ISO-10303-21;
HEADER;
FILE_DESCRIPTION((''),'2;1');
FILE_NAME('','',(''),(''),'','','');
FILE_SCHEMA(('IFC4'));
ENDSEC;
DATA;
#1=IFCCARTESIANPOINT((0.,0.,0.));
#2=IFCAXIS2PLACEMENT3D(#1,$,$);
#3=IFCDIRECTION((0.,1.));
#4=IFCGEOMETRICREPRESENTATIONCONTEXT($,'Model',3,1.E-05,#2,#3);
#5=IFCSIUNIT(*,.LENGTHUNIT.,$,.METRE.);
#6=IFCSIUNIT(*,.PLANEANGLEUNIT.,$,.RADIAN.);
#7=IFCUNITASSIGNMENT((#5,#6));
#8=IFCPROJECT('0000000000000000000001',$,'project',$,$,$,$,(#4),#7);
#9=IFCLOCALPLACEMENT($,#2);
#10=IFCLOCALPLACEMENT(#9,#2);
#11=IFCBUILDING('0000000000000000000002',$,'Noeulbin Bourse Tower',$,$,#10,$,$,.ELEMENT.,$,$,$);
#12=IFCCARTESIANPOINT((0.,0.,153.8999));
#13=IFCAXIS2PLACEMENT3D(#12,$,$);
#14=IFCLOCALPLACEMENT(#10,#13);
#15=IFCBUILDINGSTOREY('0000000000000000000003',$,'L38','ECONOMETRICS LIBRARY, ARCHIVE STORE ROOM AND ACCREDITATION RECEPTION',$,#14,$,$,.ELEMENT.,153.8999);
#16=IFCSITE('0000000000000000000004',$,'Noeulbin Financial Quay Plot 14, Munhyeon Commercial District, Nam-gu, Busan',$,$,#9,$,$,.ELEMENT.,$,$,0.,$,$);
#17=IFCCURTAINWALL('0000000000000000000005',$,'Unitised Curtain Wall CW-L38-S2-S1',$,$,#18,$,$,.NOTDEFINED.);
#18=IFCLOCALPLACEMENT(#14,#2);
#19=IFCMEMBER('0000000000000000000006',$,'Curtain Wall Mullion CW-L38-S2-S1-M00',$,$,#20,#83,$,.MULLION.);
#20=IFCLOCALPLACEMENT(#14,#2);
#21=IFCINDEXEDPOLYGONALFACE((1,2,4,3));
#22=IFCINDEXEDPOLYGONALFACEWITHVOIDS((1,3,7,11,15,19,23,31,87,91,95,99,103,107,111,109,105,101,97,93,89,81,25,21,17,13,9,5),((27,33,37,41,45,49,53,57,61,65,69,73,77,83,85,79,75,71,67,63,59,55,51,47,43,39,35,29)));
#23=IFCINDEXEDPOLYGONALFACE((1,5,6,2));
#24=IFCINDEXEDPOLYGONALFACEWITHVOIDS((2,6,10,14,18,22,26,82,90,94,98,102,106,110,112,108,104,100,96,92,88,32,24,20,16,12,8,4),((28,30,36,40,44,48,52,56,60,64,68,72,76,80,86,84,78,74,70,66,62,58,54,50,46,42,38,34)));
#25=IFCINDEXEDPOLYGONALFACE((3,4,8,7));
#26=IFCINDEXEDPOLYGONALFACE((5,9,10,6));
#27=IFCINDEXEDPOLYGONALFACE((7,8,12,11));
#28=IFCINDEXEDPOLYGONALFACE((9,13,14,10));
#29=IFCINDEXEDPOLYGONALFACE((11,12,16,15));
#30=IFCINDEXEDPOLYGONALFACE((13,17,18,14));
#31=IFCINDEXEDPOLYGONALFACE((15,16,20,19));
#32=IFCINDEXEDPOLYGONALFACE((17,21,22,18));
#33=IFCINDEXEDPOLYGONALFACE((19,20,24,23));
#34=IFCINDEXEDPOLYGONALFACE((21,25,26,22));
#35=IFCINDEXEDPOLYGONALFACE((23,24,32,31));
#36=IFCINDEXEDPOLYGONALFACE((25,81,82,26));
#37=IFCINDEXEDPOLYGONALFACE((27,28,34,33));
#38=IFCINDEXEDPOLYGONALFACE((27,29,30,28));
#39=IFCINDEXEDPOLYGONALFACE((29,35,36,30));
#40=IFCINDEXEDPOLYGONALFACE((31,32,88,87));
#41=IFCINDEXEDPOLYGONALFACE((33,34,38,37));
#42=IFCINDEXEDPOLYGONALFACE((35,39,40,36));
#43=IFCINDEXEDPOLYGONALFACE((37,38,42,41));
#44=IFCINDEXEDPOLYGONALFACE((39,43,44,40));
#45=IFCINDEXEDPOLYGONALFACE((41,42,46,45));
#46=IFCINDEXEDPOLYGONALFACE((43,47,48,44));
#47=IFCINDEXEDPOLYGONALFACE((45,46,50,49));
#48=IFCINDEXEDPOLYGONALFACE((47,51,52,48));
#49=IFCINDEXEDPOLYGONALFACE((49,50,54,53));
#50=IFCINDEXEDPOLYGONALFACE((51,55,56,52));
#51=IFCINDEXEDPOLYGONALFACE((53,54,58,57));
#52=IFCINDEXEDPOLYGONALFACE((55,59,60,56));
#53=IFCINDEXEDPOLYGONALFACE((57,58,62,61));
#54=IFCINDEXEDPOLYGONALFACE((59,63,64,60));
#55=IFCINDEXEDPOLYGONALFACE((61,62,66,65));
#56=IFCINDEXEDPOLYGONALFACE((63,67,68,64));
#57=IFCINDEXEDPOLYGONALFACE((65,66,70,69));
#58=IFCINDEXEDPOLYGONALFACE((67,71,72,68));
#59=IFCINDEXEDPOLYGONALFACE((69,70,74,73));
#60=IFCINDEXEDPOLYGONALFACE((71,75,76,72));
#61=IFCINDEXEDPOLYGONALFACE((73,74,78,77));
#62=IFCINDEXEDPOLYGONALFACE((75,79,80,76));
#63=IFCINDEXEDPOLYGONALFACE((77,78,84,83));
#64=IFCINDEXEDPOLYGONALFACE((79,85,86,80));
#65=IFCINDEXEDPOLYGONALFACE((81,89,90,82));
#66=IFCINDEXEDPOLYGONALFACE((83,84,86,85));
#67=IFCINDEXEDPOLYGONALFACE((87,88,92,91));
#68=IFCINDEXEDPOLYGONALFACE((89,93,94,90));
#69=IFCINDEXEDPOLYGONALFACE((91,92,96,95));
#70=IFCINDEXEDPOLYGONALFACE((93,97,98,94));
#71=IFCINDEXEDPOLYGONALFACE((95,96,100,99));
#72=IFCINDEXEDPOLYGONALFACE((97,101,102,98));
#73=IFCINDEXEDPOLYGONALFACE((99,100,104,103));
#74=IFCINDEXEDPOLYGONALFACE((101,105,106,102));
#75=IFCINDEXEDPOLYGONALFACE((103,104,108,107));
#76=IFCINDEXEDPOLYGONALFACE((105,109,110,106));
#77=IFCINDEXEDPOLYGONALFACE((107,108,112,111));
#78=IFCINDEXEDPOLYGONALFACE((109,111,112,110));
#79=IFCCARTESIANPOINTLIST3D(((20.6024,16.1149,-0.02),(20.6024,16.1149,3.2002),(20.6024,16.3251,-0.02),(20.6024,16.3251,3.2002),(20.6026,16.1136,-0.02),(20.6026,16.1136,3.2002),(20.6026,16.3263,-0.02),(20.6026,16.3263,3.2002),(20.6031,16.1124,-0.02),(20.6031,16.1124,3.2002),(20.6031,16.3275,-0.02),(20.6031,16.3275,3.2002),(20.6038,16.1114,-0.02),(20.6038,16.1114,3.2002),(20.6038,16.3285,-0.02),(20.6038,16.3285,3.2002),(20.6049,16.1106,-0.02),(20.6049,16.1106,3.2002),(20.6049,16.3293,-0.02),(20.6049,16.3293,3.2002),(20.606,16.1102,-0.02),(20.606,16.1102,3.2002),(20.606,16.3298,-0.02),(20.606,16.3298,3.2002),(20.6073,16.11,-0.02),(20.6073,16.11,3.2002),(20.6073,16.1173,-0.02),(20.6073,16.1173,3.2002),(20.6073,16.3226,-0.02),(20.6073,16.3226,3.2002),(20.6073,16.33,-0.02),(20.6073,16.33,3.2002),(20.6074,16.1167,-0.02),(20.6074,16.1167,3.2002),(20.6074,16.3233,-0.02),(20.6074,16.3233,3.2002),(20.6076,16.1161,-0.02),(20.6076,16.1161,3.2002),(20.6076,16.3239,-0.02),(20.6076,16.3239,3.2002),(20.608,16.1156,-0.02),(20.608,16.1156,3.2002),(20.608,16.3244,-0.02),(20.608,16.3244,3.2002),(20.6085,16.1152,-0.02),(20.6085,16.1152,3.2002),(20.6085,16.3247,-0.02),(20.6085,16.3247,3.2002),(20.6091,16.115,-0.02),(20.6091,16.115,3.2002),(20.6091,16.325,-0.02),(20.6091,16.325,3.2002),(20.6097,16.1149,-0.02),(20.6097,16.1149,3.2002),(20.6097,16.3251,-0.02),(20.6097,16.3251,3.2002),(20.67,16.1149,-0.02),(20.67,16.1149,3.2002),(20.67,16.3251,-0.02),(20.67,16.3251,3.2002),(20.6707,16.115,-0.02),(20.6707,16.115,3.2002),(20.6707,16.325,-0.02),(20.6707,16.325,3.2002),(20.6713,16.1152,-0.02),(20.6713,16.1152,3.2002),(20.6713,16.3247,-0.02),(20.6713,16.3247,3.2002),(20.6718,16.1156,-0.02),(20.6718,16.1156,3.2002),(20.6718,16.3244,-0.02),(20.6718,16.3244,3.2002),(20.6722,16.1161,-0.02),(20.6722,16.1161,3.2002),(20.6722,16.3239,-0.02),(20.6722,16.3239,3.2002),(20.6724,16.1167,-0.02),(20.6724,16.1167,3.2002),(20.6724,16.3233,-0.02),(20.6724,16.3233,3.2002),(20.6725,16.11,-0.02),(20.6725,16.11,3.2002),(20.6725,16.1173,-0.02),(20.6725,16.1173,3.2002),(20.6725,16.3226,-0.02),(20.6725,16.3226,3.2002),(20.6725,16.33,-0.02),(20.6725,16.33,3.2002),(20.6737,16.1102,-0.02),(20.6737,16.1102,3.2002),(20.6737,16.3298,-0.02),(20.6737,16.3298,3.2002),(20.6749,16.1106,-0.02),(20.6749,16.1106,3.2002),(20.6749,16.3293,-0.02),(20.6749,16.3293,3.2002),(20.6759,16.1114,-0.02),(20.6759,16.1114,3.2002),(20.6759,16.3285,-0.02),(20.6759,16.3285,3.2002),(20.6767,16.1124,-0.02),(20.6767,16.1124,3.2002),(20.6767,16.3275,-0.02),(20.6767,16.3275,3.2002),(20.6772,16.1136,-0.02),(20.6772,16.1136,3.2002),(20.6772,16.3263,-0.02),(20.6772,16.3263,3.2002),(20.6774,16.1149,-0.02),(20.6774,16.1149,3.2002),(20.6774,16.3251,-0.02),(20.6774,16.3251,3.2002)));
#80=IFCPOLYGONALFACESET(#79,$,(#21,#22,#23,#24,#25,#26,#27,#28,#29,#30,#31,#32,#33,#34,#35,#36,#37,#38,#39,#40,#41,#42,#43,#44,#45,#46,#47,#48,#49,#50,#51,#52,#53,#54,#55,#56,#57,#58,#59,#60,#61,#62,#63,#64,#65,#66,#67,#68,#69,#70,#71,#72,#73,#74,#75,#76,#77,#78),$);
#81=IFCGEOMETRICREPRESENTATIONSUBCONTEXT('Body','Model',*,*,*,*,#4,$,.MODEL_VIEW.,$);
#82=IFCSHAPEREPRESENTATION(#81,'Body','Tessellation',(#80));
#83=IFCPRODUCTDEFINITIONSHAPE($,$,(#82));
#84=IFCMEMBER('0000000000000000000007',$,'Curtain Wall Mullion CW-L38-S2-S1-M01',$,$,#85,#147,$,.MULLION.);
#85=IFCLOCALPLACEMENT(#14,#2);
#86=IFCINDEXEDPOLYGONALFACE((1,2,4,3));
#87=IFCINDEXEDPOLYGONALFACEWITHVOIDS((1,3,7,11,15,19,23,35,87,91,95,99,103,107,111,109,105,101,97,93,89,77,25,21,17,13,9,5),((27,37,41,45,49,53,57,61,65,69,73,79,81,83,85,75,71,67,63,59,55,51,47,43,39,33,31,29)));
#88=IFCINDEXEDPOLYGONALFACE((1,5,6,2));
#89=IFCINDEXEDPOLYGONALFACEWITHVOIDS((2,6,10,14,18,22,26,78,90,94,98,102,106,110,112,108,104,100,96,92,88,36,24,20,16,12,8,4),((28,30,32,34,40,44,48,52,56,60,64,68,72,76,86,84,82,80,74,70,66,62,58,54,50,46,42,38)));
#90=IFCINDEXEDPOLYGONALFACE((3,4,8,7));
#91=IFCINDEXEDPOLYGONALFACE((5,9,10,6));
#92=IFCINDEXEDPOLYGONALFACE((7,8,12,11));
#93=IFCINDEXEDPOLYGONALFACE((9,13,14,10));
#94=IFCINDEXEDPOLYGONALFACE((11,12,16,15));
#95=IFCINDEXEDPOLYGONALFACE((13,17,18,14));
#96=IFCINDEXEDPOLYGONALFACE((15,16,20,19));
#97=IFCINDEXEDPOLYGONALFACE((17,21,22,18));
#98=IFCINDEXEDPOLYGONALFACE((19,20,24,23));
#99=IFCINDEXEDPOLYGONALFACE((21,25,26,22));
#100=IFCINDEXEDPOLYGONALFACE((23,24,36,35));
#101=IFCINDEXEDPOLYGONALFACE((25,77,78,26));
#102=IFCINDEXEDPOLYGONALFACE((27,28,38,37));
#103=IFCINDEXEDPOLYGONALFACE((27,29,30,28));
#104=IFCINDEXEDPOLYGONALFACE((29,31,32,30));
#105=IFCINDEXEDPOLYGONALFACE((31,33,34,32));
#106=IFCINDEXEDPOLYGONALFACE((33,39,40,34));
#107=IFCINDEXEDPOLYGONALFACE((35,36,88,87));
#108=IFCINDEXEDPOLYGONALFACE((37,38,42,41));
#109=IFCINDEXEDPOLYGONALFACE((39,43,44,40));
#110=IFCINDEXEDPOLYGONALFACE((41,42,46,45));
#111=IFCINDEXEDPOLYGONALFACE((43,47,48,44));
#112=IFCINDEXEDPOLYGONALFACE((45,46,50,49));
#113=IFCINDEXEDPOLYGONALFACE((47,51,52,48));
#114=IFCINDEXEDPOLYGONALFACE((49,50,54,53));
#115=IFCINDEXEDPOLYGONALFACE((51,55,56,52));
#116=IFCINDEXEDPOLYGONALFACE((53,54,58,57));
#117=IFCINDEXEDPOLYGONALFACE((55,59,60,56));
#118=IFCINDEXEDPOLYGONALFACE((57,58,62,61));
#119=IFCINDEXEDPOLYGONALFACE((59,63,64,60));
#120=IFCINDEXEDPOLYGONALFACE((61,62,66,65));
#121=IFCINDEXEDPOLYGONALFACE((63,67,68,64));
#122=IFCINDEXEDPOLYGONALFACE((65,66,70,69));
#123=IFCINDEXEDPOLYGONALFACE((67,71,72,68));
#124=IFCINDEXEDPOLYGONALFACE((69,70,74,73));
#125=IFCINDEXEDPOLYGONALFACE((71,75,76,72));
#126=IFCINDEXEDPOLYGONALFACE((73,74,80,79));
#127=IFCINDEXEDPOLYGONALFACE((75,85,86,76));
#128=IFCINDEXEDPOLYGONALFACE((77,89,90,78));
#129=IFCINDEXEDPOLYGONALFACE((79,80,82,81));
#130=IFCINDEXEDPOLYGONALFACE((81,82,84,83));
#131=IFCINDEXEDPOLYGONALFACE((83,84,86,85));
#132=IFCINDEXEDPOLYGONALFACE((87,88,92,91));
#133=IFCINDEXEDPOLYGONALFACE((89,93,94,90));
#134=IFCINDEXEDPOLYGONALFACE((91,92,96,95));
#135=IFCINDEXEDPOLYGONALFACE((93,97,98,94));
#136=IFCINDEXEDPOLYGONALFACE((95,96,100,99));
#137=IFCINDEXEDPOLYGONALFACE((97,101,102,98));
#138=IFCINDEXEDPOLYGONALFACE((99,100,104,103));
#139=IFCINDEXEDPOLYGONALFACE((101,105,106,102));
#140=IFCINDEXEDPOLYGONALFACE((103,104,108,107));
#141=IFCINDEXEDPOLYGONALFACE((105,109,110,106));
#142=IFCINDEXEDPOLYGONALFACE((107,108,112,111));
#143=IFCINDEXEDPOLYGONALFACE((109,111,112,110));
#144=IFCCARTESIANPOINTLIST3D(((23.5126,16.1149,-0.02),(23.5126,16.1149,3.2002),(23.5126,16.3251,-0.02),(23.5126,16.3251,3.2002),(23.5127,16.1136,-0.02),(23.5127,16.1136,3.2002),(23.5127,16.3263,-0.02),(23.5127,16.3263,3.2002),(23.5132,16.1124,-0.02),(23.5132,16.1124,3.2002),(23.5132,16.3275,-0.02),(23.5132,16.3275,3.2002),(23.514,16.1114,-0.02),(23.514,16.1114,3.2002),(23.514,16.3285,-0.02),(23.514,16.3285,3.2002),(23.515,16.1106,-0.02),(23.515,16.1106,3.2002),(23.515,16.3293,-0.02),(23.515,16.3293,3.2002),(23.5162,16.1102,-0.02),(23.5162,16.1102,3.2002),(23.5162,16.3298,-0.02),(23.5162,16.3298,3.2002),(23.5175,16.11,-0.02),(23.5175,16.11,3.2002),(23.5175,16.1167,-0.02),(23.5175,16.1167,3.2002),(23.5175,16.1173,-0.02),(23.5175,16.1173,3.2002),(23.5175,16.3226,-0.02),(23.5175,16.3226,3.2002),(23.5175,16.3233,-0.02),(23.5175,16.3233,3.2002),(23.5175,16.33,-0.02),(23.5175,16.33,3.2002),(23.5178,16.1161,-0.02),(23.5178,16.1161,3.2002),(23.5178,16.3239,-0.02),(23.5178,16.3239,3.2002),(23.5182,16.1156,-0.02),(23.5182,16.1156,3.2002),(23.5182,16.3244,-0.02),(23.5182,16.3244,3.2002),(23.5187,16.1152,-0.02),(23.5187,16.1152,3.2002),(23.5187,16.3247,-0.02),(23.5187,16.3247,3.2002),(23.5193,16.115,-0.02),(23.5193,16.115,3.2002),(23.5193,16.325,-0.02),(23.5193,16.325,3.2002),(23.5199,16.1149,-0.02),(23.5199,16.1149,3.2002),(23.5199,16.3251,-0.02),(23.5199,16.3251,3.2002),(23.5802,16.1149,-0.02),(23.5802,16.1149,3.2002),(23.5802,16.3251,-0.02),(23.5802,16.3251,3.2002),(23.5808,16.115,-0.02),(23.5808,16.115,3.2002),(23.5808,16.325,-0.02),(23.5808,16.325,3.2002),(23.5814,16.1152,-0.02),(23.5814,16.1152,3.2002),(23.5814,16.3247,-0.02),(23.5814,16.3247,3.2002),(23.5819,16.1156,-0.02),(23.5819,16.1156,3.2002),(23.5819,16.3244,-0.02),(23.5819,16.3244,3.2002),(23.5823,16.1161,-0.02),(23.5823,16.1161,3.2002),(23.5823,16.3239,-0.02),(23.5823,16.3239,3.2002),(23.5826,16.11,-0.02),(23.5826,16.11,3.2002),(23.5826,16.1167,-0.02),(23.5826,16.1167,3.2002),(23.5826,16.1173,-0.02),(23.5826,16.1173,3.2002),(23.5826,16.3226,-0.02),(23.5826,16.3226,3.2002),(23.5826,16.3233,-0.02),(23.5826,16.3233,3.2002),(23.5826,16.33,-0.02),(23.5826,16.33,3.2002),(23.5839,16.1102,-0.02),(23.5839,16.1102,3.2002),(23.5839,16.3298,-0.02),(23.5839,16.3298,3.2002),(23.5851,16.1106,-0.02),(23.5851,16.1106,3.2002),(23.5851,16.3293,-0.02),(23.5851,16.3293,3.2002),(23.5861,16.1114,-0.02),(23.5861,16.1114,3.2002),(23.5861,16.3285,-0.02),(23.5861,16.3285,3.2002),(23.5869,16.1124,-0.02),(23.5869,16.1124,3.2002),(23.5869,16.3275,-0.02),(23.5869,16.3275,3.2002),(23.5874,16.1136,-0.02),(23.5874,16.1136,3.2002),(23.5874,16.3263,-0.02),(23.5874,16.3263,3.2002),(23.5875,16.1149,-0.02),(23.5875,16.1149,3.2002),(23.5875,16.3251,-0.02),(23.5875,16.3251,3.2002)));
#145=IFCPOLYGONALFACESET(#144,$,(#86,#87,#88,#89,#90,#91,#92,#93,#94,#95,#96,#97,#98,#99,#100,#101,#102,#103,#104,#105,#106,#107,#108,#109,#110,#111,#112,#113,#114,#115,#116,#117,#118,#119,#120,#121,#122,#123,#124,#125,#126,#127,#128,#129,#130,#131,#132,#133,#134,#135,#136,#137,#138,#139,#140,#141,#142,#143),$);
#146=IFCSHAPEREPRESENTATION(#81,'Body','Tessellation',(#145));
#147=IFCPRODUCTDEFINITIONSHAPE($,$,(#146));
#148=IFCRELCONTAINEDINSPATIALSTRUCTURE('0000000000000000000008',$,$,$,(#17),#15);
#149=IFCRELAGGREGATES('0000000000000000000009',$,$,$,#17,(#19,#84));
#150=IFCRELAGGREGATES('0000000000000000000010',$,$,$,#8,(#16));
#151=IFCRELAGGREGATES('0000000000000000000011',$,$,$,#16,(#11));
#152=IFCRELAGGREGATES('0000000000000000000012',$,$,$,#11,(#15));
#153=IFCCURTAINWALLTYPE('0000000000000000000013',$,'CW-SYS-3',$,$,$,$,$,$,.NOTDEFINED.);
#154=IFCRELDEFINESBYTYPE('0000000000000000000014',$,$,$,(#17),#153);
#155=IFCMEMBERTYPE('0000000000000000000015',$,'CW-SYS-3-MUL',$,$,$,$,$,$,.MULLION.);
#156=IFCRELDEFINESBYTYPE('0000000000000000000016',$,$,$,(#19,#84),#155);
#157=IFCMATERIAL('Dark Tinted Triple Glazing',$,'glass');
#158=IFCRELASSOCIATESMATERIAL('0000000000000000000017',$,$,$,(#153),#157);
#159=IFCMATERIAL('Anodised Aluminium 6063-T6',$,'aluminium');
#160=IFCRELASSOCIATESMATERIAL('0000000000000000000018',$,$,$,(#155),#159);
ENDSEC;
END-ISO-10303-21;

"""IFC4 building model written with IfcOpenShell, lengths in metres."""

from ifc_helpers import new_model, si_unit, direction, frame, origin, origin_2d, place, context, subcontext, project, spatial, hollow_rectangle, extrude, material, material_profile, profile_set, type_object, element, aggregate, save


model = new_model("IFC4")

# Units and contexts
model_context = context("Model", 3, precision=1e-05, world=origin(), true_north=direction((0.0, 1.0)))
body_context = subcontext(model_context, "Body", "Model", "MODEL_VIEW")
ifc_project = project(units=[si_unit("LENGTHUNIT", "METRE"), si_unit("PLANEANGLEUNIT", "RADIAN")], contexts=[model_context])

# Site, building, storey
site_placement = place(None, origin())
site = spatial("IfcSite", under=ifc_project, at=site_placement, Name="Noeulbin Financial Quay Plot 14, Munhyeon Commercial District, Nam-gu, Busan", CompositionType="ELEMENT", RefElevation=0.0)
building_placement = place(site_placement, origin())
building = spatial("IfcBuilding", under=site, at=building_placement, Name="Noeulbin Bourse Tower", CompositionType="ELEMENT")
storey_placement = place(building_placement, frame((0.0, 0.0, 153.8999)))
storey = spatial("IfcBuildingStorey", under=building, at=storey_placement, Name="L38", Description="ECONOMETRICS LIBRARY, ARCHIVE STORE ROOM AND ACCREDITATION RECEPTION", CompositionType="ELEMENT", Elevation=153.8999)

# Curtain wall, members
ifc_material_1 = material(Name="Dark Tinted Triple Glazing", Category="glass")
curtain_wall_type = type_object("IfcCurtainWallType", Name="CW-SYS-3", PredefinedType="NOTDEFINED", material=ifc_material_1)
curtain_wall_placement = place(storey_placement, origin())
curtain_wall = element("IfcCurtainWall", 1, at=curtain_wall_placement, inside=storey, type_object=curtain_wall_type, Name="Unitised Curtain Wall CW-L38-S2-S1", PredefinedType="NOTDEFINED")
ifc_material_2 = material(Name="Anodised Aluminium 6063-T6", Category="aluminium")
ifc_material_profile_1 = material_profile(ifc_material_2, hollow_rectangle(XDim=0.075, YDim=0.22, WallThickness=0.0049, InnerFilletRadius=0.0024, OuterFilletRadius=0.0049, at=origin_2d()), Name="ALU-MULL-75x220x5", Category="LoadBearing")
ifc_profile_set_1 = profile_set([ifc_material_profile_1], Name="Anodised Aluminium 6063-T6")
member_type_1 = type_object("IfcMemberType", Name="CW-SYS-3-MUL", PredefinedType="MULLION", material=ifc_profile_set_1)
member_1_placement = place(storey_placement, frame((20.6399, 16.22, -0.02), z_axis=(0.0, 0.0, 1.0), x_axis=(1.0, 0.0, 0.0)))
member_1 = element("IfcMember", 2, at=member_1_placement, type_object=member_type_1, Name="Curtain Wall Mullion CW-L38-S2-S1-M00", PredefinedType="MULLION", context=body_context, shape_type="SweptSolid", body=[
    extrude(hollow_rectangle(XDim=0.075, YDim=0.22, WallThickness=0.0049, InnerFilletRadius=0.0024, OuterFilletRadius=0.0049, at=origin_2d()), origin(), (0.0, 0.0, 1.0), 3.2202),
])
member_2_placement = place(storey_placement, frame((23.55, 16.22, -0.02), z_axis=(0.0, 0.0, 1.0), x_axis=(1.0, 0.0, 0.0)))
member_2 = element("IfcMember", 3, at=member_2_placement, type_object=member_type_1, Name="Curtain Wall Mullion CW-L38-S2-S1-M01", PredefinedType="MULLION", context=body_context, shape_type="SweptSolid", body=[
    extrude(hollow_rectangle(XDim=0.075, YDim=0.22, WallThickness=0.0049, InnerFilletRadius=0.0024, OuterFilletRadius=0.0049, at=origin_2d()), origin(), (0.0, 0.0, 1.0), 3.2202),
])
aggregate(curtain_wall, [member_1, member_2])

save(model, "model.ifc")
